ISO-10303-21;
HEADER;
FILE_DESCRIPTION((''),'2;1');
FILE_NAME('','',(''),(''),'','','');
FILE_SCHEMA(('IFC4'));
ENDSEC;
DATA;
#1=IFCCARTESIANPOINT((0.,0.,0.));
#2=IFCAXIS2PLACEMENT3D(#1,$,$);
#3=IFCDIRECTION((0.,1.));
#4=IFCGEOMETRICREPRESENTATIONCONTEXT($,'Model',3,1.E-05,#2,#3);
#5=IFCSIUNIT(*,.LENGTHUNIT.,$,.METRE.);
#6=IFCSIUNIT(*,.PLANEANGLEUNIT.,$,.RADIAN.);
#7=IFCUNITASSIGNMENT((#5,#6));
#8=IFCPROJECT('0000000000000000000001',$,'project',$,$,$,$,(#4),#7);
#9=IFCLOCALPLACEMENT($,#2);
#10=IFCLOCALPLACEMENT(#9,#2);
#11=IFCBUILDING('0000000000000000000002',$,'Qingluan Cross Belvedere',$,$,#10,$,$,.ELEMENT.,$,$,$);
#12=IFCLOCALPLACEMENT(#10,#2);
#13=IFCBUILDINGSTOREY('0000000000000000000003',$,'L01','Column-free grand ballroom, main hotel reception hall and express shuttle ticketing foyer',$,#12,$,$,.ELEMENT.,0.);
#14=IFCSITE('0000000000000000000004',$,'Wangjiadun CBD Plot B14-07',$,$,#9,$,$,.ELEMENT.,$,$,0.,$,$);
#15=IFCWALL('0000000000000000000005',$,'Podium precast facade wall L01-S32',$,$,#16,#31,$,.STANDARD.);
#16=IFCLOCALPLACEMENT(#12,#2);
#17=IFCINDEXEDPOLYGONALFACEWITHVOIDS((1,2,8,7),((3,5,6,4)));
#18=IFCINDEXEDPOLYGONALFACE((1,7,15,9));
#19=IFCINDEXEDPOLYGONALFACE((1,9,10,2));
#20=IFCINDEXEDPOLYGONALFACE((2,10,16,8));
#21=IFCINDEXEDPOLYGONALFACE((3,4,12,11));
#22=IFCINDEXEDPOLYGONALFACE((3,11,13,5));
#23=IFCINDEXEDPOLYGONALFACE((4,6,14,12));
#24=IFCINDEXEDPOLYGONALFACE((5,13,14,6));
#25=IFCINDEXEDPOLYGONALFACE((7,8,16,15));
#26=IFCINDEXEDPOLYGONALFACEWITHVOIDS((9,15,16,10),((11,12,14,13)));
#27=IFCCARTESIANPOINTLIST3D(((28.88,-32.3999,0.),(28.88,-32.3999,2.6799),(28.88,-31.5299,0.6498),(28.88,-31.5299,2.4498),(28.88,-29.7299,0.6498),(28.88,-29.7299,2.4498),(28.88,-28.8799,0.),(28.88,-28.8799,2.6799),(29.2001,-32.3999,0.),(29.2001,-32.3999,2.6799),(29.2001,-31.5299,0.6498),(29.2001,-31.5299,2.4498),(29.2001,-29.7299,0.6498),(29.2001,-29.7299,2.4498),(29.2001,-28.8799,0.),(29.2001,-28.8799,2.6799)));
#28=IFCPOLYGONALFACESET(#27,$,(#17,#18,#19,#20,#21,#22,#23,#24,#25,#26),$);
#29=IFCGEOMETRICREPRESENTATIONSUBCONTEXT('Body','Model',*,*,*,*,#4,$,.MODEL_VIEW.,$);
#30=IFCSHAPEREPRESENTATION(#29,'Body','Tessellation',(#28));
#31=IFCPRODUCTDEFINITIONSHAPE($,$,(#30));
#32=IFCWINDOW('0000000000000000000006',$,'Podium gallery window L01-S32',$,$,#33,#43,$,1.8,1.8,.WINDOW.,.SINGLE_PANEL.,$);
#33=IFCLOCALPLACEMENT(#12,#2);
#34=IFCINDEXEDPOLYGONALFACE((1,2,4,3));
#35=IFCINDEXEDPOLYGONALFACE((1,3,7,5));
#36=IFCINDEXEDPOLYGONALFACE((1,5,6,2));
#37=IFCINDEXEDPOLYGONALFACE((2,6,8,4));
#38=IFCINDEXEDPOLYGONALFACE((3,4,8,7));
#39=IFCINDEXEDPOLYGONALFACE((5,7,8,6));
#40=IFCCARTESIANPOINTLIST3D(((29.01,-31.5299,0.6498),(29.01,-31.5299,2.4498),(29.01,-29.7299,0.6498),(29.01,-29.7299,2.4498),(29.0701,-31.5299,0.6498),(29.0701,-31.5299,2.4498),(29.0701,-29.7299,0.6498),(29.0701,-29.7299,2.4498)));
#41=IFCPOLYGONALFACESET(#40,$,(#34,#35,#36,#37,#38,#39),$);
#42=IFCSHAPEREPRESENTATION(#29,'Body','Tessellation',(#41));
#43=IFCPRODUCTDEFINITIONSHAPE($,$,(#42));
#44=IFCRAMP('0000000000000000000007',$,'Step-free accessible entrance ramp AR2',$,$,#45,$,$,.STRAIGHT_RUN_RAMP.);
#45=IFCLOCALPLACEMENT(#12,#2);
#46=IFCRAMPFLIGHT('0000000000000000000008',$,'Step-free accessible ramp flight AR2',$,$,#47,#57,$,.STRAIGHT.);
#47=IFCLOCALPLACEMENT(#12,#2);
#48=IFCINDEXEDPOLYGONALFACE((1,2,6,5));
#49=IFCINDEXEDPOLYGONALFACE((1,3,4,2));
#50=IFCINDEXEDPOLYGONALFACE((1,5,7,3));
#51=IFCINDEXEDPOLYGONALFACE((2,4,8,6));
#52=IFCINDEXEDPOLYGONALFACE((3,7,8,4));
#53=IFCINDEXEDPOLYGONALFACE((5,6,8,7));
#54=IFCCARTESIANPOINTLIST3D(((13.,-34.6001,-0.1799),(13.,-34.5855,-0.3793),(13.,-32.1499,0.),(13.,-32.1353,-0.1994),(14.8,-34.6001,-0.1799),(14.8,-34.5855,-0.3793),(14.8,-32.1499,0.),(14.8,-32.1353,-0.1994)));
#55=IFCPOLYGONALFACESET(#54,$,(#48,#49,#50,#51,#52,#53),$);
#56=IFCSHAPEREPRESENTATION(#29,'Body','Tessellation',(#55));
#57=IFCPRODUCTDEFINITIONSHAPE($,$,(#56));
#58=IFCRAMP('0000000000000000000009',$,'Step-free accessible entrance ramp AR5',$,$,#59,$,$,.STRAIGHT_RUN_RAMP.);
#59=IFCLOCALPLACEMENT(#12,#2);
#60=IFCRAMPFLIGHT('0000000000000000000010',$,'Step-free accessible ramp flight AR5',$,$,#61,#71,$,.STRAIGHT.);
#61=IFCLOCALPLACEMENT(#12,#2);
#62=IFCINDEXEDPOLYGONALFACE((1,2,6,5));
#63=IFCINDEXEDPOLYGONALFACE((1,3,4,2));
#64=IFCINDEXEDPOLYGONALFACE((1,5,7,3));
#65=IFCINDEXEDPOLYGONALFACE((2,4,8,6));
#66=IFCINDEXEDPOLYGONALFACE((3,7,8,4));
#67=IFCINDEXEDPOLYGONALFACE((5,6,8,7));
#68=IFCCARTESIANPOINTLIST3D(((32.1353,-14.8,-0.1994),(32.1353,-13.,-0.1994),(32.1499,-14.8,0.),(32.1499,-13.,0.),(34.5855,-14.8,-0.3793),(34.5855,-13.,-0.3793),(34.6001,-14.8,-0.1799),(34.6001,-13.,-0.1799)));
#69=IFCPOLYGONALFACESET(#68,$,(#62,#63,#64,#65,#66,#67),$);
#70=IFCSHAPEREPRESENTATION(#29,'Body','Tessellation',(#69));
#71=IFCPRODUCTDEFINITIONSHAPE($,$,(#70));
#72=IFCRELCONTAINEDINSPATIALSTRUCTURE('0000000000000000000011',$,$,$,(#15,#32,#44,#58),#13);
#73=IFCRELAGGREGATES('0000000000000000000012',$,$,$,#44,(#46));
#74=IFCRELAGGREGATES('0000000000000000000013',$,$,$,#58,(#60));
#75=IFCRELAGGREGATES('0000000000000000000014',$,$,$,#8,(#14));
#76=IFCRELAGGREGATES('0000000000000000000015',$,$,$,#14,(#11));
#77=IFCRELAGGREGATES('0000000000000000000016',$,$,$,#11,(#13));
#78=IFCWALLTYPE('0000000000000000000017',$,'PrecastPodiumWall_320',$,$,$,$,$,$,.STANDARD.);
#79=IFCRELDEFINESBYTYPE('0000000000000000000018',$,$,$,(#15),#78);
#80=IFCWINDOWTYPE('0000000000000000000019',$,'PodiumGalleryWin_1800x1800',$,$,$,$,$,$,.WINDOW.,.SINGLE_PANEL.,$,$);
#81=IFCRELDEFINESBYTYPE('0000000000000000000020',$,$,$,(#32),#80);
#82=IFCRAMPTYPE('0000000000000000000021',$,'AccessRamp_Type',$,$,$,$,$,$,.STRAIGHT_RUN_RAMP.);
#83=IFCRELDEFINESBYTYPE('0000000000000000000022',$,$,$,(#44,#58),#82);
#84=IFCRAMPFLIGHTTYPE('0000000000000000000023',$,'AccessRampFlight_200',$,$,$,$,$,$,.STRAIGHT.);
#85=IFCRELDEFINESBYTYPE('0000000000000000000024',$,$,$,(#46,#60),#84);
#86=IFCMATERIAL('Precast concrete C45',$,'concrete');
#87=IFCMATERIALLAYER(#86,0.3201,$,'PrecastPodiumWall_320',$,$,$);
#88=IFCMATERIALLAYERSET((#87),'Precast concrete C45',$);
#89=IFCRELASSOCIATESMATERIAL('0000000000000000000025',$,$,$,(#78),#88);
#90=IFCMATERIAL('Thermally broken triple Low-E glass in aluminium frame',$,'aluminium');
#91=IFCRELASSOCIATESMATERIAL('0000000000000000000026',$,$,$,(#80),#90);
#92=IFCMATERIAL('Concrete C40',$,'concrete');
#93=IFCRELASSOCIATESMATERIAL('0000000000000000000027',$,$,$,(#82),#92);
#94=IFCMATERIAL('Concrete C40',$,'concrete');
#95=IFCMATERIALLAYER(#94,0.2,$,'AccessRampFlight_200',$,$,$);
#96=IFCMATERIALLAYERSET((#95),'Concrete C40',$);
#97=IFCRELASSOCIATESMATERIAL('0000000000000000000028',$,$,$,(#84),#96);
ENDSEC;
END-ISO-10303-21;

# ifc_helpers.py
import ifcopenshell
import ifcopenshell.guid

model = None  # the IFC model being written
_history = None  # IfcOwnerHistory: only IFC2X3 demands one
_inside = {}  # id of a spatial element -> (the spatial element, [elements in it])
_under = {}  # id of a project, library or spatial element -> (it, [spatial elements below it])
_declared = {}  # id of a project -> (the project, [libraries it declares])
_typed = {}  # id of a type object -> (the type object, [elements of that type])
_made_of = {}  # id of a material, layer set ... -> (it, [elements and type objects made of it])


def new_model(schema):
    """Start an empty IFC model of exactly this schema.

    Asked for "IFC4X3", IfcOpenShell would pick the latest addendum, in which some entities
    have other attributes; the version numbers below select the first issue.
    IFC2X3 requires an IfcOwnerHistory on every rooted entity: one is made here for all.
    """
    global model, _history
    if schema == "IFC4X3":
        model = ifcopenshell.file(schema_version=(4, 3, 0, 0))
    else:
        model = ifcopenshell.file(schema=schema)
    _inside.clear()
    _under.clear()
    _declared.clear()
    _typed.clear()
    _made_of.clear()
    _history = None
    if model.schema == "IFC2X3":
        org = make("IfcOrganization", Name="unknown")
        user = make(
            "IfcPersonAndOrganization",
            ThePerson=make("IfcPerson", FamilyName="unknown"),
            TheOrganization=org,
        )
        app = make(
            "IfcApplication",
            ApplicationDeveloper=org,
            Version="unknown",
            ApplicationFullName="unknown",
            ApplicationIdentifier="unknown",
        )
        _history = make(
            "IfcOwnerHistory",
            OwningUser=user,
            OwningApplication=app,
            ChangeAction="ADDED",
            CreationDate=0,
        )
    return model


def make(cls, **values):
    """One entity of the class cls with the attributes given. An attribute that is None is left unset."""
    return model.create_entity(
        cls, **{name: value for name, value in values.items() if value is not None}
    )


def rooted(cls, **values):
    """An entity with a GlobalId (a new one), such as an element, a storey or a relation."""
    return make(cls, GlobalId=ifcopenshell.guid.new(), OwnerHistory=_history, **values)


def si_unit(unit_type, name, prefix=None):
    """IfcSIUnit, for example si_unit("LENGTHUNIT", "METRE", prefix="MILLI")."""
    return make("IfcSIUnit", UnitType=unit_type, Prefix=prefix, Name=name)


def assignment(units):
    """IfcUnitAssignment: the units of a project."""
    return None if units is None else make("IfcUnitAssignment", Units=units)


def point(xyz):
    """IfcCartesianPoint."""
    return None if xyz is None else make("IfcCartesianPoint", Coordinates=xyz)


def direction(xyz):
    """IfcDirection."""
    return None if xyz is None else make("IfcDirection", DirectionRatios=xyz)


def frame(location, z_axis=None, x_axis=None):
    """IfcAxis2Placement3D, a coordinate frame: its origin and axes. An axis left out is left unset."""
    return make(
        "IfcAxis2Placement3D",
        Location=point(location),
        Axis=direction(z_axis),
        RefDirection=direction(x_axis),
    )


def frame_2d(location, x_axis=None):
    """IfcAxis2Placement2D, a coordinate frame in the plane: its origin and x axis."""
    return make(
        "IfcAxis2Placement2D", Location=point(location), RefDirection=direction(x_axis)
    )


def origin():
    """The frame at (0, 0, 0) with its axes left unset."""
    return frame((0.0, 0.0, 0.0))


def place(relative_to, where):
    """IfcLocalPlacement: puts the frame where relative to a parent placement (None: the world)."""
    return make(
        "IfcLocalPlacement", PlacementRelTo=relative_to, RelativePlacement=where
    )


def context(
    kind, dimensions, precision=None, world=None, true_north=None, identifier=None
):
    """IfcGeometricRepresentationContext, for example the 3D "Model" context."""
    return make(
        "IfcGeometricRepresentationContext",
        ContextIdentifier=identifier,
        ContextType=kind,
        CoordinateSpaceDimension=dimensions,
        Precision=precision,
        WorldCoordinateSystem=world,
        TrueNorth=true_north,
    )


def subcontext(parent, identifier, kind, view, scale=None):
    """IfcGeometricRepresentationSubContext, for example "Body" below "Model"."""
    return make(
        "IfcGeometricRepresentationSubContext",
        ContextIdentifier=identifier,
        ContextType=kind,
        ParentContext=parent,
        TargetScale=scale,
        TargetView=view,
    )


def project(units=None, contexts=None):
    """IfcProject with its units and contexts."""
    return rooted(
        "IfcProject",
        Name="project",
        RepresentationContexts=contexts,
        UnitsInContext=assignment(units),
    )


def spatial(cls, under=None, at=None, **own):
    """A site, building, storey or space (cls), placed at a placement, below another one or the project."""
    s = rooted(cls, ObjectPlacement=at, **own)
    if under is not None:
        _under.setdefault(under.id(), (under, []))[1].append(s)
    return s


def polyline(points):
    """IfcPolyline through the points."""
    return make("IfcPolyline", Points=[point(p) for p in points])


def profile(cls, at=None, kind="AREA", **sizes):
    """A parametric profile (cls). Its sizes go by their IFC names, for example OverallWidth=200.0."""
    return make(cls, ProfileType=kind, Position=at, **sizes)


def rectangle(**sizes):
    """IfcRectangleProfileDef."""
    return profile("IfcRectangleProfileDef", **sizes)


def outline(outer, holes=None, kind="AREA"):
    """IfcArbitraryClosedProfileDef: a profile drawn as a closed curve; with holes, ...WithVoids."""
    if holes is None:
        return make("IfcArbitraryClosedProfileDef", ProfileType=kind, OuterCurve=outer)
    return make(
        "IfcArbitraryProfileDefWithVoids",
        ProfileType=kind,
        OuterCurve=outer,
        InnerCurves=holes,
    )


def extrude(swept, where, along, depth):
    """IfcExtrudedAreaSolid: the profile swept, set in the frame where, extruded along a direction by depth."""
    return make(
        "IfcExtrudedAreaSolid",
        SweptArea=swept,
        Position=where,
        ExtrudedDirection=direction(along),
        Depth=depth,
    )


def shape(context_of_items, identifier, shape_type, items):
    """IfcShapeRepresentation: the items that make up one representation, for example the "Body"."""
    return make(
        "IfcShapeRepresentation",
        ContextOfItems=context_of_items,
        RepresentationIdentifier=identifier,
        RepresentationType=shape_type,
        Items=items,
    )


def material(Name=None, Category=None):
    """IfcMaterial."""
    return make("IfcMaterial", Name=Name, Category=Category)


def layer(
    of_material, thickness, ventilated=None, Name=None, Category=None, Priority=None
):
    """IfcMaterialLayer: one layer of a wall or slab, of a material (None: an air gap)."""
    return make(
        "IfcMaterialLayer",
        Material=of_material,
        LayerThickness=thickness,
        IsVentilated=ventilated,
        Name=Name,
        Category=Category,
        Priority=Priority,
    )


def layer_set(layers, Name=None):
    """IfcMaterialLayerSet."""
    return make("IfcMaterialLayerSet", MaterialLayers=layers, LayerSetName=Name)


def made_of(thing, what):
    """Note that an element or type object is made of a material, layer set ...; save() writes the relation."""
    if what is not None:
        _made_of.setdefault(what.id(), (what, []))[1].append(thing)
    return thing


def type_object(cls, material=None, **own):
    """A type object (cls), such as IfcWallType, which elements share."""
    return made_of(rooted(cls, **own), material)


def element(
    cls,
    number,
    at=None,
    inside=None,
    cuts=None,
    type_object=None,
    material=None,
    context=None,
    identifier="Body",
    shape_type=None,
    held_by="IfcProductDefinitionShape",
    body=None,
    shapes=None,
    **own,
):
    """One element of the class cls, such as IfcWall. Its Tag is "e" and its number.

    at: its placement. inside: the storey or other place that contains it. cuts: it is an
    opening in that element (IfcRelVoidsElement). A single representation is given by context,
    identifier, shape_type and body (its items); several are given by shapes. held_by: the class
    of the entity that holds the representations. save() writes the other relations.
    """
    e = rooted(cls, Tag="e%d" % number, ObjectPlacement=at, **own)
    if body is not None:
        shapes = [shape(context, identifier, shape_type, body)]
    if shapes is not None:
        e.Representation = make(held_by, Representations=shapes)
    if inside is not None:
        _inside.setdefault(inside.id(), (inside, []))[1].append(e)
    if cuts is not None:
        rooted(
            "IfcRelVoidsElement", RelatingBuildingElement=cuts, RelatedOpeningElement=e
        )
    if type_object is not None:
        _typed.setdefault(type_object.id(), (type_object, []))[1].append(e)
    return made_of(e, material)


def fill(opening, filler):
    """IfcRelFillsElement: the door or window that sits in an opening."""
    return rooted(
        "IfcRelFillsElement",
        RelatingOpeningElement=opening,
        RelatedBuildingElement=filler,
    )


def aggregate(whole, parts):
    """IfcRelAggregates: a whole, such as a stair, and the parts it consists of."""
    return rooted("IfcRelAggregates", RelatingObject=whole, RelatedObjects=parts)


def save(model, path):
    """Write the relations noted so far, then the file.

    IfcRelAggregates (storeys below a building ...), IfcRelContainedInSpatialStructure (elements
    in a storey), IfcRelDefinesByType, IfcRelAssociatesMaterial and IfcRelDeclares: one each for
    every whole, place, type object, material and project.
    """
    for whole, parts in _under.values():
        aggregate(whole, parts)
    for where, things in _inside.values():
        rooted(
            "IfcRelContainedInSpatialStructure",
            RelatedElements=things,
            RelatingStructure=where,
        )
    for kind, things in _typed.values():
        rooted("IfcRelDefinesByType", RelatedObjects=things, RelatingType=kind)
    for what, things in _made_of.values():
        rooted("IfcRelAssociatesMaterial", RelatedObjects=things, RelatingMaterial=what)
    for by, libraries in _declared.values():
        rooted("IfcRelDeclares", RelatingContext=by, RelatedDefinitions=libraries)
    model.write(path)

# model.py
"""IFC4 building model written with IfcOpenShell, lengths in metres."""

from ifc_helpers import new_model, si_unit, direction, frame, frame_2d, origin, place, context, subcontext, project, spatial, polyline, rectangle, outline, extrude, material, layer, layer_set, type_object, element, fill, aggregate, save


model = new_model("IFC4")

# Units and contexts
model_context = context("Model", 3, precision=1e-05, world=origin(), true_north=direction((0.0, 1.0)))
body_context = subcontext(model_context, "Body", "Model", "MODEL_VIEW")
ifc_project = project(units=[si_unit("LENGTHUNIT", "METRE"), si_unit("PLANEANGLEUNIT", "RADIAN")], contexts=[model_context])

# Site, building, storey
site_placement = place(None, origin())
site = spatial("IfcSite", under=ifc_project, at=site_placement, Name="Wangjiadun CBD Plot B14-07", CompositionType="ELEMENT", RefElevation=0.0)
building_placement = place(site_placement, origin())
building = spatial("IfcBuilding", under=site, at=building_placement, Name="Qingluan Cross Belvedere", CompositionType="ELEMENT")
storey_placement = place(building_placement, origin())
storey = spatial("IfcBuildingStorey", under=building, at=storey_placement, Name="L01", Description="Column-free grand ballroom, main hotel reception hall and express shuttle ticketing foyer", CompositionType="ELEMENT", Elevation=0.0)

# Shared definitions
ifc_material_1 = material(Name="Precast concrete C45", Category="concrete")
ifc_layer_1 = layer(ifc_material_1, 0.3201, Name="PrecastPodiumWall_320")
ifc_layer_set_1 = layer_set([ifc_layer_1], Name="Precast concrete C45")
wall_type_1 = type_object("IfcWallType", Name="PrecastPodiumWall_320", PredefinedType="STANDARD", material=ifc_layer_set_1)
ifc_material_2 = material(Name="Thermally broken triple Low-E glass in aluminium frame", Category="aluminium")
window_type = type_object("IfcWindowType", Name="PodiumGalleryWin_1800x1800", PartitioningType="SINGLE_PANEL", PredefinedType="WINDOW", material=ifc_material_2)

# Wall, opening, window
wall_1_placement = place(storey_placement, frame((29.04, -28.8799, 0.0), z_axis=(0.0, 0.0, 1.0), x_axis=(0.0, -1.0, 0.0)))
wall_1 = element("IfcWall", 1, at=wall_1_placement, inside=storey, type_object=wall_type_1, Name="Podium precast facade wall L01-S32", PredefinedType="STANDARD", context=body_context, shape_type="SweptSolid", body=[
    extrude(rectangle(XDim=3.52, YDim=0.3201, at=frame_2d((1.76, 0.0))), origin(), (0.0, 0.0, 1.0), 2.6799),
])
opening_1_placement = place(wall_1_placement, frame((0.8501, 0.0, 0.6499)))
opening_1 = element("IfcOpeningElement", 2, at=opening_1_placement, cuts=wall_1, PredefinedType="OPENING", context=body_context, shape_type="SweptSolid", body=[
    extrude(rectangle(XDim=1.8, YDim=1.8, at=frame_2d((0.8999, 0.8999))), frame((0.0, 0.1699, 0.0), z_axis=(0.0, -1.0, 0.0), x_axis=(1.0, 0.0, 0.0)), (0.0, 0.0, 1.0), 0.3401),
])
window_1_placement = place(opening_1_placement, origin())
window_1 = element("IfcWindow", 3, at=window_1_placement, inside=storey, type_object=window_type, Name="Podium gallery window L01-S32", OverallHeight=1.8, OverallWidth=1.8, PartitioningType="SINGLE_PANEL", PredefinedType="WINDOW", context=body_context, shape_type="SweptSolid", body=[
    extrude(rectangle(XDim=1.8, YDim=1.8, at=frame_2d((0.8999, 0.8999))), frame((0.0, 0.03, 0.0), z_axis=(0.0, -1.0, 0.0), x_axis=(1.0, 0.0, 0.0)), (0.0, 0.0, 1.0), 0.0601),
])
fill(opening_1, window_1)

# Ramps, ramp flights
ifc_material_3 = material(Name="Concrete C40", Category="concrete")
ramp_type = type_object("IfcRampType", Name="AccessRamp_Type", PredefinedType="STRAIGHT_RUN_RAMP", material=ifc_material_3)
ramp_1_placement = place(storey_placement, origin())
ramp_1 = element("IfcRamp", 4, at=ramp_1_placement, inside=storey, type_object=ramp_type, Name="Step-free accessible entrance ramp AR2", PredefinedType="STRAIGHT_RUN_RAMP")
ifc_material_4 = material(Name="Concrete C40", Category="concrete")
ifc_layer_2 = layer(ifc_material_4, 0.2, Name="AccessRampFlight_200")
ifc_layer_set_2 = layer_set([ifc_layer_2], Name="Concrete C40")
ramp_flight_type = type_object("IfcRampFlightType", Name="AccessRampFlight_200", PredefinedType="STRAIGHT", material=ifc_layer_set_2)
ramp_flight_1_placement = place(storey_placement, frame((13.0, -34.6001, -0.1799), z_axis=(0.0, -0.073238, 0.997314), x_axis=(1.0, 0.0, 0.0)))
ramp_flight_1 = element("IfcRampFlight", 5, at=ramp_flight_1_placement, type_object=ramp_flight_type, Name="Step-free accessible ramp flight AR2", PredefinedType="STRAIGHT", context=body_context, shape_type="SweptSolid", body=[
    extrude(outline(polyline([(0.0, 0.0), (1.8, 0.0), (1.8, 2.4568), (0.0, 2.4568), (0.0, 0.0)])), origin(), (0.0, 0.0, -1.0), 0.2),
])
aggregate(ramp_1, [ramp_flight_1])
ramp_2_placement = place(storey_placement, origin())
ramp_2 = element("IfcRamp", 6, at=ramp_2_placement, inside=storey, type_object=ramp_type, Name="Step-free accessible entrance ramp AR5", PredefinedType="STRAIGHT_RUN_RAMP")
ramp_flight_2_placement = place(storey_placement, frame((34.6001, -14.8, -0.1799), z_axis=(0.073238, 0.0, 0.997314), x_axis=(0.0, 1.0, 0.0)))
ramp_flight_2 = element("IfcRampFlight", 7, at=ramp_flight_2_placement, type_object=ramp_flight_type, Name="Step-free accessible ramp flight AR5", PredefinedType="STRAIGHT", context=body_context, shape_type="SweptSolid", body=[
    extrude(outline(polyline([(0.0, 0.0), (1.8, 0.0), (1.8, 2.4568), (0.0, 2.4568), (0.0, 0.0)])), origin(), (0.0, 0.0, -1.0), 0.2),
])
aggregate(ramp_2, [ramp_flight_2])

save(model, "model.ifc")
